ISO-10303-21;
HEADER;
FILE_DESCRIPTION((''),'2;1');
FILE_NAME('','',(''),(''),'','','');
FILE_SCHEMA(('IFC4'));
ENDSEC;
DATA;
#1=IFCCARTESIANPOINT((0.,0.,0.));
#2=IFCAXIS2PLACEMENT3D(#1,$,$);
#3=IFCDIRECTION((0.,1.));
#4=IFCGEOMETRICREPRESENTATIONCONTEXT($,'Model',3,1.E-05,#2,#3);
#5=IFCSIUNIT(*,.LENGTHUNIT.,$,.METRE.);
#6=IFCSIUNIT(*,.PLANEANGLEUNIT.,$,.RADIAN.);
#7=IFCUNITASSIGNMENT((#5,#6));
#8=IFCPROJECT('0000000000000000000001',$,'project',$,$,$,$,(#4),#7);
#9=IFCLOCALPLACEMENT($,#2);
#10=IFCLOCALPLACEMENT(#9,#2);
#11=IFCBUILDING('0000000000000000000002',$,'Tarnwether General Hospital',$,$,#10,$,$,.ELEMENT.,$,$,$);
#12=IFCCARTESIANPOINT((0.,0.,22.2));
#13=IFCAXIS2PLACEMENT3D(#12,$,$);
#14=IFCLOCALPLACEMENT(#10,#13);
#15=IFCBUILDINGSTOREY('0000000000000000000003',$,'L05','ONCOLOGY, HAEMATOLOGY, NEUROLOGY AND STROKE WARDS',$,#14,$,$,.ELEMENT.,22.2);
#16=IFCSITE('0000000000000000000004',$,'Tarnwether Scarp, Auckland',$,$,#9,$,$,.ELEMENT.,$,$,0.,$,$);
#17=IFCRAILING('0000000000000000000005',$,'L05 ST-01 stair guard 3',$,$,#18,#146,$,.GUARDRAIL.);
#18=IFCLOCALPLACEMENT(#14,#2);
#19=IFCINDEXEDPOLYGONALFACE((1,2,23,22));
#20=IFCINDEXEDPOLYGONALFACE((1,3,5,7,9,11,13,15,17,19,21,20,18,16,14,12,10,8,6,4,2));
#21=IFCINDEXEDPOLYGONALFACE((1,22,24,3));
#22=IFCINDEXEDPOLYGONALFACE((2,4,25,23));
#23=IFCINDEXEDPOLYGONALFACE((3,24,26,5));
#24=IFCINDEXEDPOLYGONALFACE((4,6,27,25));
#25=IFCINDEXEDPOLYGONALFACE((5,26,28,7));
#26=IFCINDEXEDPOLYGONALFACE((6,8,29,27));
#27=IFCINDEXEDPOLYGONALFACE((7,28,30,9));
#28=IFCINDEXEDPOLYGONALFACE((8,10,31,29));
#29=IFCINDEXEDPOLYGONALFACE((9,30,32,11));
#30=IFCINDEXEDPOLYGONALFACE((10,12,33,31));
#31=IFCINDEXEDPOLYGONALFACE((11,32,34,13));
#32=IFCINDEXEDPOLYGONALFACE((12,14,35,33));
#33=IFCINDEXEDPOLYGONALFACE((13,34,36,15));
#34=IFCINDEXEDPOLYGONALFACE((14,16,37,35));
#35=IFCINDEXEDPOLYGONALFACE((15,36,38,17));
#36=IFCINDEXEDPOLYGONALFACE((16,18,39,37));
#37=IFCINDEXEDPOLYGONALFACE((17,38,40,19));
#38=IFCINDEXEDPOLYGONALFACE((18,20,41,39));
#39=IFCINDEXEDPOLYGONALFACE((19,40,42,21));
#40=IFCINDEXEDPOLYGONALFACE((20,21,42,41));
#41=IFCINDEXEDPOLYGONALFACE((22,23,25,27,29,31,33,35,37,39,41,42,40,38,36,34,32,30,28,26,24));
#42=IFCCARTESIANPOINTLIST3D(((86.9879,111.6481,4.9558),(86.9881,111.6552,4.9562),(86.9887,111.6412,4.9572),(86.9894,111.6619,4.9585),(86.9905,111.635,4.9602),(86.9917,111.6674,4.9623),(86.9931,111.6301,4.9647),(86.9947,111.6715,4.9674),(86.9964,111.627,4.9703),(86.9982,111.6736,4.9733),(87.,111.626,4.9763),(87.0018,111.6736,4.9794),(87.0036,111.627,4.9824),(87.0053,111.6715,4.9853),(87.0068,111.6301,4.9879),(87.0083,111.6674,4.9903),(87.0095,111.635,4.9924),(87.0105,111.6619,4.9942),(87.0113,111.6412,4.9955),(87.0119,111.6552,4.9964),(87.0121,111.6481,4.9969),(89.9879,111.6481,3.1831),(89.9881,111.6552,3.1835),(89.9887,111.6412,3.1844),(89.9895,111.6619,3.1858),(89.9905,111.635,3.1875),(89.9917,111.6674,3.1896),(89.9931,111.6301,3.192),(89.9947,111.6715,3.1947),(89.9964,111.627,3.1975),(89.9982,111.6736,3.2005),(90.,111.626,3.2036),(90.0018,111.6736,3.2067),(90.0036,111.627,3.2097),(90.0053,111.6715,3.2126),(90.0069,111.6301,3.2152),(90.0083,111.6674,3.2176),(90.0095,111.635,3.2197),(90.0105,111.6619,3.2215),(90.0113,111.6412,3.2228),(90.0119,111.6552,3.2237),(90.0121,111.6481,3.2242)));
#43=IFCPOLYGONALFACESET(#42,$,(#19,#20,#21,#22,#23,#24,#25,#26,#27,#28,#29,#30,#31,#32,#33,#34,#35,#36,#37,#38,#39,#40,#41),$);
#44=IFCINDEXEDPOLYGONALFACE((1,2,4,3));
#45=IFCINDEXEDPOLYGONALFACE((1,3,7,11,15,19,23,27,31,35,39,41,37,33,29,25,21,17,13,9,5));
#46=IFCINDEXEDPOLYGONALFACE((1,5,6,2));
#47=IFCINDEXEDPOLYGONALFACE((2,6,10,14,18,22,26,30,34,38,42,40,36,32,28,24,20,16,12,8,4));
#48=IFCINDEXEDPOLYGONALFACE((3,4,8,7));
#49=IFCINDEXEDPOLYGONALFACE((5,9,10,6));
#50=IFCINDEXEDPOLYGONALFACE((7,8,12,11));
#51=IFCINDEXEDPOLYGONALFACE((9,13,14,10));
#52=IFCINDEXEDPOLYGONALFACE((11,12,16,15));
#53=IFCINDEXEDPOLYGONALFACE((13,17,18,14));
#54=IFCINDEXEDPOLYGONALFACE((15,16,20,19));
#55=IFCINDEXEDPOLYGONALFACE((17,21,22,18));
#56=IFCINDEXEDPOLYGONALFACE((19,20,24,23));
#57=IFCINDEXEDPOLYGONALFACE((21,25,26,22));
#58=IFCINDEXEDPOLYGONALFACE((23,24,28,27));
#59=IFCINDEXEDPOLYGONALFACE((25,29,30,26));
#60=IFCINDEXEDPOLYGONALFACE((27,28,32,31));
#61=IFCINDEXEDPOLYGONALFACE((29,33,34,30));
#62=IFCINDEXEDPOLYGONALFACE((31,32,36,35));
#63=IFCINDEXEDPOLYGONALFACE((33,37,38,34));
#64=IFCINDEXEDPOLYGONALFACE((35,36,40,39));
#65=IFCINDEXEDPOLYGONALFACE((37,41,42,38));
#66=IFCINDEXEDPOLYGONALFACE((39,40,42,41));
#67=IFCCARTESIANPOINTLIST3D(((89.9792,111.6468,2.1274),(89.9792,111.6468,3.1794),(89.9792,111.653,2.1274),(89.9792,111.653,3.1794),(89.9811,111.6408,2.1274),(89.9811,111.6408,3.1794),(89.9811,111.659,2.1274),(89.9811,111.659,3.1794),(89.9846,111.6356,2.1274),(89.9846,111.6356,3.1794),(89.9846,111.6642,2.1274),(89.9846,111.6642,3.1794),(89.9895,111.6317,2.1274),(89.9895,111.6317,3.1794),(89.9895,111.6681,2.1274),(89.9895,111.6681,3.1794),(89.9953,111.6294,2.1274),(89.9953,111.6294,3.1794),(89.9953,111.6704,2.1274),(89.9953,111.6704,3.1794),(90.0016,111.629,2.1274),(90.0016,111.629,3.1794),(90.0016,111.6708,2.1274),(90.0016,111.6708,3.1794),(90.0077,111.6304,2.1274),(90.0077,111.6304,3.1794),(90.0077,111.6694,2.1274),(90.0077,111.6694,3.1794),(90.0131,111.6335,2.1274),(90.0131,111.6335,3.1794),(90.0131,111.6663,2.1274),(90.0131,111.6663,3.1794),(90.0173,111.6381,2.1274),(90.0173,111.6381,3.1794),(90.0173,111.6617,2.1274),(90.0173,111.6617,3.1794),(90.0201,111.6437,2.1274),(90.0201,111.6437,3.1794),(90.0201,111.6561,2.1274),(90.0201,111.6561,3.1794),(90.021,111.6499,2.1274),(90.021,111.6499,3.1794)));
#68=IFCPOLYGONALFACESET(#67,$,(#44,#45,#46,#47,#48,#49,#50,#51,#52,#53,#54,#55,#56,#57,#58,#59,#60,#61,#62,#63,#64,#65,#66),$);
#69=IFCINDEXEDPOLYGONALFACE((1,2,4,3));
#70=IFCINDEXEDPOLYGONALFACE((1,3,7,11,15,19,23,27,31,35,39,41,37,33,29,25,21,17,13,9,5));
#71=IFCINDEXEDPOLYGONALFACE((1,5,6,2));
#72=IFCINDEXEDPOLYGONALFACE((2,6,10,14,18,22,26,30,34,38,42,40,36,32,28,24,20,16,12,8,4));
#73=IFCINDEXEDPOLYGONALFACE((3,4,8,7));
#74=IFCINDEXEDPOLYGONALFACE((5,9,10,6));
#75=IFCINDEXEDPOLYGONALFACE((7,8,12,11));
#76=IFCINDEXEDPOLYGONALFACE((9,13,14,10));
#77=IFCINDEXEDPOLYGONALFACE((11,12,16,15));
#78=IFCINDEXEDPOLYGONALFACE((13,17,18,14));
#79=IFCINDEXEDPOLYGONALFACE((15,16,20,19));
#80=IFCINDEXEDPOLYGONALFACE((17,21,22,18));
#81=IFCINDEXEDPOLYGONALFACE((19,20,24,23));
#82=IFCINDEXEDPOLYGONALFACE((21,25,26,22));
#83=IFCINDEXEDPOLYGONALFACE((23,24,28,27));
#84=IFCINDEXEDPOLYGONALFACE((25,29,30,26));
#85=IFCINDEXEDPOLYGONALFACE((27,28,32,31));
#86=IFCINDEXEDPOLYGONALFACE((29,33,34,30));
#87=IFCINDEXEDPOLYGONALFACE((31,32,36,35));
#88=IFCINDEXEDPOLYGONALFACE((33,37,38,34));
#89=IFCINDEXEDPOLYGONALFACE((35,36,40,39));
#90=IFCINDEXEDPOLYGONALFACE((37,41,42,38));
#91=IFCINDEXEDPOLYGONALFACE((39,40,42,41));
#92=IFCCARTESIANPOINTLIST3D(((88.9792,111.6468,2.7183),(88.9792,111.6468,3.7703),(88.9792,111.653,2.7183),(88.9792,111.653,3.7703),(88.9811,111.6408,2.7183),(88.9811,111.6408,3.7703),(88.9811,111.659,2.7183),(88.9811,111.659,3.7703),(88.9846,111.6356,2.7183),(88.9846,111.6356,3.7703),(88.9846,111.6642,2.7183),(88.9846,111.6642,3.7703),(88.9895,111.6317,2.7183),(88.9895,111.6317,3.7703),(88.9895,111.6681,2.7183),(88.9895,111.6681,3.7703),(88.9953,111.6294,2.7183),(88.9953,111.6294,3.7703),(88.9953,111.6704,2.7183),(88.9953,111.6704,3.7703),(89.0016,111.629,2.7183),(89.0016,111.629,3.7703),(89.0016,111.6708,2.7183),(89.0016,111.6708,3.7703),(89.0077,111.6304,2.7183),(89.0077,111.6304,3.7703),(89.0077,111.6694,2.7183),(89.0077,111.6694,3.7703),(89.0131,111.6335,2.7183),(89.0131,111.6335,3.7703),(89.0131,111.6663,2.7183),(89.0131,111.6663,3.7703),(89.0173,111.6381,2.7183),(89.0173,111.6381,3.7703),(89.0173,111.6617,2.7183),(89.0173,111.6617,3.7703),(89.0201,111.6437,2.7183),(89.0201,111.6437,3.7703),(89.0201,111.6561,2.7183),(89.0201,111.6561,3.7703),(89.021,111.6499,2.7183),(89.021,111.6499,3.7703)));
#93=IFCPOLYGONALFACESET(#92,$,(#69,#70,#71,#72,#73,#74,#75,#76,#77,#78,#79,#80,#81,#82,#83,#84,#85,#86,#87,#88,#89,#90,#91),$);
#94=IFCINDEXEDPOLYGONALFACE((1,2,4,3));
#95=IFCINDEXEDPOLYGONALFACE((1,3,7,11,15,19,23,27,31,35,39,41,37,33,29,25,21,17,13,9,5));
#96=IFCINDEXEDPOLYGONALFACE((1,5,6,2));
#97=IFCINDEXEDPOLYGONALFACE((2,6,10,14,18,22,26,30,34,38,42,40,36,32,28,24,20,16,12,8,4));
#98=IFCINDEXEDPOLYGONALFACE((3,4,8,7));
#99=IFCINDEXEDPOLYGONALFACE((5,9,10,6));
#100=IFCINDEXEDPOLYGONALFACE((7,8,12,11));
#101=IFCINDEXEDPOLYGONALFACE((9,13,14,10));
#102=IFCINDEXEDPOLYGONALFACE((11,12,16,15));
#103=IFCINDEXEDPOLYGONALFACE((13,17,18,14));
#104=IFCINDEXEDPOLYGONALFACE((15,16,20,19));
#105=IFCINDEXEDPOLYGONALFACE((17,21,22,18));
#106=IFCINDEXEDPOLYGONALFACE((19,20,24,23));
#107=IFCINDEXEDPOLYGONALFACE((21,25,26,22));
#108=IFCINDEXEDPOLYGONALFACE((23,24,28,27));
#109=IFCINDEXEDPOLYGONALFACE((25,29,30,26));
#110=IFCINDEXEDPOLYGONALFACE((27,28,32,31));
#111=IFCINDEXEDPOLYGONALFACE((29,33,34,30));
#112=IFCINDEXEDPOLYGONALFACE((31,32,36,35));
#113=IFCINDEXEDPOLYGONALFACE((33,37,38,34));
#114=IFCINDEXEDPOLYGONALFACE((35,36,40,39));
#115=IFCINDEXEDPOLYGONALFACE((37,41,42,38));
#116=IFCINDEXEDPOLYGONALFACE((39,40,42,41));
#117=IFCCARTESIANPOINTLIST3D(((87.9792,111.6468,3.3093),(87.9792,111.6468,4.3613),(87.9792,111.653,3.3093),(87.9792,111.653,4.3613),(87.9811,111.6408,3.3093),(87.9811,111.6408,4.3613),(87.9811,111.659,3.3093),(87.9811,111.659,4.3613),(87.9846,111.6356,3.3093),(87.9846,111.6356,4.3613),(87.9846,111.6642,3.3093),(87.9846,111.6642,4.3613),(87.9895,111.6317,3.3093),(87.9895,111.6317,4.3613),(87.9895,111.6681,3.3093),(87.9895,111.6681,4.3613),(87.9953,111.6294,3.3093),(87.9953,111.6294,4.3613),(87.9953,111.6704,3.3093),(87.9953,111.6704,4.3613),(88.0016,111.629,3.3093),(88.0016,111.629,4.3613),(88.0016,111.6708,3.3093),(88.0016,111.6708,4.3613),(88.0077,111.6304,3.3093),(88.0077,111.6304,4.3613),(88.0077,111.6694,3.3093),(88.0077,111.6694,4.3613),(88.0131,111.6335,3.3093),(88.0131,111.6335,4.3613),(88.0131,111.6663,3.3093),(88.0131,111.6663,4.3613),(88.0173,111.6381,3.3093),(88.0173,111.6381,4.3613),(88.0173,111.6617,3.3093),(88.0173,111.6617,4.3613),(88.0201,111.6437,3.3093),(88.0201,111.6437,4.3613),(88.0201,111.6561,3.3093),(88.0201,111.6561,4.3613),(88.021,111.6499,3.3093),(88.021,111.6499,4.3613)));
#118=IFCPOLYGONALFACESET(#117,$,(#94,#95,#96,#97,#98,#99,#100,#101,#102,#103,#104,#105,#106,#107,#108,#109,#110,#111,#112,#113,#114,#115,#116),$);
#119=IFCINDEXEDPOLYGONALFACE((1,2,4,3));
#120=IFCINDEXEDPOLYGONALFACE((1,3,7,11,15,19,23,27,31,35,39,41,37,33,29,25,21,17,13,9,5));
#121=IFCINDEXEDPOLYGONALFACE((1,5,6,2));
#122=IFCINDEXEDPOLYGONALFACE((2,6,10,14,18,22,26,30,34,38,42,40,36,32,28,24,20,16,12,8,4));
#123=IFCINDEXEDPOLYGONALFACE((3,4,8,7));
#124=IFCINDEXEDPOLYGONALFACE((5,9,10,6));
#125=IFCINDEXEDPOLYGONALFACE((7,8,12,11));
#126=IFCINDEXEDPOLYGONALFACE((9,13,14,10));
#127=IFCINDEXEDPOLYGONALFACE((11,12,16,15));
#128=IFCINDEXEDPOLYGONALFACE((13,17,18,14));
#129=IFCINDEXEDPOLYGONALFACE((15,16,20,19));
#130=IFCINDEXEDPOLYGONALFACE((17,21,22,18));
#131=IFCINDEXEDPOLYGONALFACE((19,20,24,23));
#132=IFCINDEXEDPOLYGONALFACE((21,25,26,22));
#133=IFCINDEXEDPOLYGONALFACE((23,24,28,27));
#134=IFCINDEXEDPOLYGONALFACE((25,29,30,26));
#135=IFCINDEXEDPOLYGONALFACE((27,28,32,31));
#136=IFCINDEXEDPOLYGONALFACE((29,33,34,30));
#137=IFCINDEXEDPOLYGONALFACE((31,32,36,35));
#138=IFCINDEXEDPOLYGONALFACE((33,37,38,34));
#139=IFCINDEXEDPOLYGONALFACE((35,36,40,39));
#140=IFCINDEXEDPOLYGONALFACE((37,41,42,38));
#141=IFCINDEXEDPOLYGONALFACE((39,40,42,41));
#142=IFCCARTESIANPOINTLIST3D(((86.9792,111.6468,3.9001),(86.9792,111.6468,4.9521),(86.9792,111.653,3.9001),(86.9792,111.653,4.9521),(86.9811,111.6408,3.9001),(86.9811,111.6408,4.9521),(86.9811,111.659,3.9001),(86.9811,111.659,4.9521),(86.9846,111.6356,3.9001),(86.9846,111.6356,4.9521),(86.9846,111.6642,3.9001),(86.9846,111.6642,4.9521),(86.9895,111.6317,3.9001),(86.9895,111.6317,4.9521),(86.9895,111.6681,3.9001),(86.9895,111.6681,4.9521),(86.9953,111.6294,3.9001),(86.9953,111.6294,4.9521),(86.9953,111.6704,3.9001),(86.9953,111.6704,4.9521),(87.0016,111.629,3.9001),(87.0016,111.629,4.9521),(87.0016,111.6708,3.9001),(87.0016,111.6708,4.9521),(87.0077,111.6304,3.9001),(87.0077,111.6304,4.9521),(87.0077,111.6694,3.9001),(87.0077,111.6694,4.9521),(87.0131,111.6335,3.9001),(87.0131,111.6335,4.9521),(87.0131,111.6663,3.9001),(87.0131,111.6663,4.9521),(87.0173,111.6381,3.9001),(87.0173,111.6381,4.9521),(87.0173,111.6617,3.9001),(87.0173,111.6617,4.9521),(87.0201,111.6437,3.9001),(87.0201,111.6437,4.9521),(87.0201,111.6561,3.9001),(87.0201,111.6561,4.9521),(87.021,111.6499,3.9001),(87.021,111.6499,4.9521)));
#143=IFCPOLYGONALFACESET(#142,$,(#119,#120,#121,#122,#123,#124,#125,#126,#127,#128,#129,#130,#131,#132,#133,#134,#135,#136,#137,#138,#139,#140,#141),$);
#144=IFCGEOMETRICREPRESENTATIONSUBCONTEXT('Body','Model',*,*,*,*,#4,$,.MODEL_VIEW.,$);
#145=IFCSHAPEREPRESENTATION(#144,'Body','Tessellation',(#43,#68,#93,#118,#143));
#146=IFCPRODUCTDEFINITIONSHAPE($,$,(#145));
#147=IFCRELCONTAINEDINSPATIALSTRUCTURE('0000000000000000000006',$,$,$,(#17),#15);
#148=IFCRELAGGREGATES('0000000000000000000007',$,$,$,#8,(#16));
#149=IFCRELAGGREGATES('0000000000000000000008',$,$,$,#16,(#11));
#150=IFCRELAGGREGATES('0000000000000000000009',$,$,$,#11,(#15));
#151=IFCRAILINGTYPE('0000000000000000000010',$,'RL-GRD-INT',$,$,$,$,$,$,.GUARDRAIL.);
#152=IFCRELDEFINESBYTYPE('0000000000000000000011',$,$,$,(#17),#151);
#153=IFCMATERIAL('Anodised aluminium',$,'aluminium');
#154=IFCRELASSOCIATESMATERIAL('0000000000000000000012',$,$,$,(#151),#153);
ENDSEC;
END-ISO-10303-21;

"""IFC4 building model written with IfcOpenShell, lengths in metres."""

from ifc_helpers import new_model, si_unit, direction, frame, origin, origin_2d, place, context, subcontext, project, spatial, circle, extrude, material, type_object, element, save


model = new_model("IFC4")

# Units and contexts
model_context = context("Model", 3, precision=1e-05, world=origin(), true_north=direction((0.0, 1.0)))
body_context = subcontext(model_context, "Body", "Model", "MODEL_VIEW")
ifc_project = project(units=[si_unit("LENGTHUNIT", "METRE"), si_unit("PLANEANGLEUNIT", "RADIAN")], contexts=[model_context])

# Site, building, storey
site_placement = place(None, origin())
site = spatial("IfcSite", under=ifc_project, at=site_placement, Name="Tarnwether Scarp, Auckland", CompositionType="ELEMENT", RefElevation=0.0)
building_placement = place(site_placement, origin())
building = spatial("IfcBuilding", under=site, at=building_placement, Name="Tarnwether General Hospital", CompositionType="ELEMENT")
storey_placement = place(building_placement, frame((0.0, 0.0, 22.2)))
storey = spatial("IfcBuildingStorey", under=building, at=storey_placement, Name="L05", Description="ONCOLOGY, HAEMATOLOGY, NEUROLOGY AND STROKE WARDS", CompositionType="ELEMENT", Elevation=22.2)

# Railing
ifc_material_1 = material(Name="Anodised aluminium", Category="aluminium")
railing_type_1 = type_object("IfcRailingType", Name="RL-GRD-INT", PredefinedType="GUARDRAIL", material=ifc_material_1)
railing_1_placement = place(storey_placement, frame((90.0, 111.6499, 2.1274)))
element("IfcRailing", 1, at=railing_1_placement, inside=storey, type_object=railing_type_1, Name="L05 ST-01 stair guard 3", PredefinedType="GUARDRAIL", context=body_context, shape_type="SweptSolid", body=[
    extrude(circle(Radius=0.0239, at=origin_2d()), frame((0.0, 0.0, 1.0762), z_axis=(-0.860929, 0.0, 0.508725), x_axis=(0.0, -1.0, 0.0)), (0.0, 0.0, 1.0), 3.4846),
    extrude(circle(Radius=0.021, at=origin_2d()), origin(), (0.0, 0.0, 1.0), 1.052),
    extrude(circle(Radius=0.021, at=origin_2d()), frame((-1.0, 0.0, 0.5908)), (0.0, 0.0, 1.0), 1.052),
    extrude(circle(Radius=0.021, at=origin_2d()), frame((-2.0, 0.0, 1.1819)), (0.0, 0.0, 1.0), 1.052),
    extrude(circle(Radius=0.021, at=origin_2d()), frame((-3.0, 0.0, 1.7727)), (0.0, 0.0, 1.0), 1.052),
])

save(model, "model.ifc")
